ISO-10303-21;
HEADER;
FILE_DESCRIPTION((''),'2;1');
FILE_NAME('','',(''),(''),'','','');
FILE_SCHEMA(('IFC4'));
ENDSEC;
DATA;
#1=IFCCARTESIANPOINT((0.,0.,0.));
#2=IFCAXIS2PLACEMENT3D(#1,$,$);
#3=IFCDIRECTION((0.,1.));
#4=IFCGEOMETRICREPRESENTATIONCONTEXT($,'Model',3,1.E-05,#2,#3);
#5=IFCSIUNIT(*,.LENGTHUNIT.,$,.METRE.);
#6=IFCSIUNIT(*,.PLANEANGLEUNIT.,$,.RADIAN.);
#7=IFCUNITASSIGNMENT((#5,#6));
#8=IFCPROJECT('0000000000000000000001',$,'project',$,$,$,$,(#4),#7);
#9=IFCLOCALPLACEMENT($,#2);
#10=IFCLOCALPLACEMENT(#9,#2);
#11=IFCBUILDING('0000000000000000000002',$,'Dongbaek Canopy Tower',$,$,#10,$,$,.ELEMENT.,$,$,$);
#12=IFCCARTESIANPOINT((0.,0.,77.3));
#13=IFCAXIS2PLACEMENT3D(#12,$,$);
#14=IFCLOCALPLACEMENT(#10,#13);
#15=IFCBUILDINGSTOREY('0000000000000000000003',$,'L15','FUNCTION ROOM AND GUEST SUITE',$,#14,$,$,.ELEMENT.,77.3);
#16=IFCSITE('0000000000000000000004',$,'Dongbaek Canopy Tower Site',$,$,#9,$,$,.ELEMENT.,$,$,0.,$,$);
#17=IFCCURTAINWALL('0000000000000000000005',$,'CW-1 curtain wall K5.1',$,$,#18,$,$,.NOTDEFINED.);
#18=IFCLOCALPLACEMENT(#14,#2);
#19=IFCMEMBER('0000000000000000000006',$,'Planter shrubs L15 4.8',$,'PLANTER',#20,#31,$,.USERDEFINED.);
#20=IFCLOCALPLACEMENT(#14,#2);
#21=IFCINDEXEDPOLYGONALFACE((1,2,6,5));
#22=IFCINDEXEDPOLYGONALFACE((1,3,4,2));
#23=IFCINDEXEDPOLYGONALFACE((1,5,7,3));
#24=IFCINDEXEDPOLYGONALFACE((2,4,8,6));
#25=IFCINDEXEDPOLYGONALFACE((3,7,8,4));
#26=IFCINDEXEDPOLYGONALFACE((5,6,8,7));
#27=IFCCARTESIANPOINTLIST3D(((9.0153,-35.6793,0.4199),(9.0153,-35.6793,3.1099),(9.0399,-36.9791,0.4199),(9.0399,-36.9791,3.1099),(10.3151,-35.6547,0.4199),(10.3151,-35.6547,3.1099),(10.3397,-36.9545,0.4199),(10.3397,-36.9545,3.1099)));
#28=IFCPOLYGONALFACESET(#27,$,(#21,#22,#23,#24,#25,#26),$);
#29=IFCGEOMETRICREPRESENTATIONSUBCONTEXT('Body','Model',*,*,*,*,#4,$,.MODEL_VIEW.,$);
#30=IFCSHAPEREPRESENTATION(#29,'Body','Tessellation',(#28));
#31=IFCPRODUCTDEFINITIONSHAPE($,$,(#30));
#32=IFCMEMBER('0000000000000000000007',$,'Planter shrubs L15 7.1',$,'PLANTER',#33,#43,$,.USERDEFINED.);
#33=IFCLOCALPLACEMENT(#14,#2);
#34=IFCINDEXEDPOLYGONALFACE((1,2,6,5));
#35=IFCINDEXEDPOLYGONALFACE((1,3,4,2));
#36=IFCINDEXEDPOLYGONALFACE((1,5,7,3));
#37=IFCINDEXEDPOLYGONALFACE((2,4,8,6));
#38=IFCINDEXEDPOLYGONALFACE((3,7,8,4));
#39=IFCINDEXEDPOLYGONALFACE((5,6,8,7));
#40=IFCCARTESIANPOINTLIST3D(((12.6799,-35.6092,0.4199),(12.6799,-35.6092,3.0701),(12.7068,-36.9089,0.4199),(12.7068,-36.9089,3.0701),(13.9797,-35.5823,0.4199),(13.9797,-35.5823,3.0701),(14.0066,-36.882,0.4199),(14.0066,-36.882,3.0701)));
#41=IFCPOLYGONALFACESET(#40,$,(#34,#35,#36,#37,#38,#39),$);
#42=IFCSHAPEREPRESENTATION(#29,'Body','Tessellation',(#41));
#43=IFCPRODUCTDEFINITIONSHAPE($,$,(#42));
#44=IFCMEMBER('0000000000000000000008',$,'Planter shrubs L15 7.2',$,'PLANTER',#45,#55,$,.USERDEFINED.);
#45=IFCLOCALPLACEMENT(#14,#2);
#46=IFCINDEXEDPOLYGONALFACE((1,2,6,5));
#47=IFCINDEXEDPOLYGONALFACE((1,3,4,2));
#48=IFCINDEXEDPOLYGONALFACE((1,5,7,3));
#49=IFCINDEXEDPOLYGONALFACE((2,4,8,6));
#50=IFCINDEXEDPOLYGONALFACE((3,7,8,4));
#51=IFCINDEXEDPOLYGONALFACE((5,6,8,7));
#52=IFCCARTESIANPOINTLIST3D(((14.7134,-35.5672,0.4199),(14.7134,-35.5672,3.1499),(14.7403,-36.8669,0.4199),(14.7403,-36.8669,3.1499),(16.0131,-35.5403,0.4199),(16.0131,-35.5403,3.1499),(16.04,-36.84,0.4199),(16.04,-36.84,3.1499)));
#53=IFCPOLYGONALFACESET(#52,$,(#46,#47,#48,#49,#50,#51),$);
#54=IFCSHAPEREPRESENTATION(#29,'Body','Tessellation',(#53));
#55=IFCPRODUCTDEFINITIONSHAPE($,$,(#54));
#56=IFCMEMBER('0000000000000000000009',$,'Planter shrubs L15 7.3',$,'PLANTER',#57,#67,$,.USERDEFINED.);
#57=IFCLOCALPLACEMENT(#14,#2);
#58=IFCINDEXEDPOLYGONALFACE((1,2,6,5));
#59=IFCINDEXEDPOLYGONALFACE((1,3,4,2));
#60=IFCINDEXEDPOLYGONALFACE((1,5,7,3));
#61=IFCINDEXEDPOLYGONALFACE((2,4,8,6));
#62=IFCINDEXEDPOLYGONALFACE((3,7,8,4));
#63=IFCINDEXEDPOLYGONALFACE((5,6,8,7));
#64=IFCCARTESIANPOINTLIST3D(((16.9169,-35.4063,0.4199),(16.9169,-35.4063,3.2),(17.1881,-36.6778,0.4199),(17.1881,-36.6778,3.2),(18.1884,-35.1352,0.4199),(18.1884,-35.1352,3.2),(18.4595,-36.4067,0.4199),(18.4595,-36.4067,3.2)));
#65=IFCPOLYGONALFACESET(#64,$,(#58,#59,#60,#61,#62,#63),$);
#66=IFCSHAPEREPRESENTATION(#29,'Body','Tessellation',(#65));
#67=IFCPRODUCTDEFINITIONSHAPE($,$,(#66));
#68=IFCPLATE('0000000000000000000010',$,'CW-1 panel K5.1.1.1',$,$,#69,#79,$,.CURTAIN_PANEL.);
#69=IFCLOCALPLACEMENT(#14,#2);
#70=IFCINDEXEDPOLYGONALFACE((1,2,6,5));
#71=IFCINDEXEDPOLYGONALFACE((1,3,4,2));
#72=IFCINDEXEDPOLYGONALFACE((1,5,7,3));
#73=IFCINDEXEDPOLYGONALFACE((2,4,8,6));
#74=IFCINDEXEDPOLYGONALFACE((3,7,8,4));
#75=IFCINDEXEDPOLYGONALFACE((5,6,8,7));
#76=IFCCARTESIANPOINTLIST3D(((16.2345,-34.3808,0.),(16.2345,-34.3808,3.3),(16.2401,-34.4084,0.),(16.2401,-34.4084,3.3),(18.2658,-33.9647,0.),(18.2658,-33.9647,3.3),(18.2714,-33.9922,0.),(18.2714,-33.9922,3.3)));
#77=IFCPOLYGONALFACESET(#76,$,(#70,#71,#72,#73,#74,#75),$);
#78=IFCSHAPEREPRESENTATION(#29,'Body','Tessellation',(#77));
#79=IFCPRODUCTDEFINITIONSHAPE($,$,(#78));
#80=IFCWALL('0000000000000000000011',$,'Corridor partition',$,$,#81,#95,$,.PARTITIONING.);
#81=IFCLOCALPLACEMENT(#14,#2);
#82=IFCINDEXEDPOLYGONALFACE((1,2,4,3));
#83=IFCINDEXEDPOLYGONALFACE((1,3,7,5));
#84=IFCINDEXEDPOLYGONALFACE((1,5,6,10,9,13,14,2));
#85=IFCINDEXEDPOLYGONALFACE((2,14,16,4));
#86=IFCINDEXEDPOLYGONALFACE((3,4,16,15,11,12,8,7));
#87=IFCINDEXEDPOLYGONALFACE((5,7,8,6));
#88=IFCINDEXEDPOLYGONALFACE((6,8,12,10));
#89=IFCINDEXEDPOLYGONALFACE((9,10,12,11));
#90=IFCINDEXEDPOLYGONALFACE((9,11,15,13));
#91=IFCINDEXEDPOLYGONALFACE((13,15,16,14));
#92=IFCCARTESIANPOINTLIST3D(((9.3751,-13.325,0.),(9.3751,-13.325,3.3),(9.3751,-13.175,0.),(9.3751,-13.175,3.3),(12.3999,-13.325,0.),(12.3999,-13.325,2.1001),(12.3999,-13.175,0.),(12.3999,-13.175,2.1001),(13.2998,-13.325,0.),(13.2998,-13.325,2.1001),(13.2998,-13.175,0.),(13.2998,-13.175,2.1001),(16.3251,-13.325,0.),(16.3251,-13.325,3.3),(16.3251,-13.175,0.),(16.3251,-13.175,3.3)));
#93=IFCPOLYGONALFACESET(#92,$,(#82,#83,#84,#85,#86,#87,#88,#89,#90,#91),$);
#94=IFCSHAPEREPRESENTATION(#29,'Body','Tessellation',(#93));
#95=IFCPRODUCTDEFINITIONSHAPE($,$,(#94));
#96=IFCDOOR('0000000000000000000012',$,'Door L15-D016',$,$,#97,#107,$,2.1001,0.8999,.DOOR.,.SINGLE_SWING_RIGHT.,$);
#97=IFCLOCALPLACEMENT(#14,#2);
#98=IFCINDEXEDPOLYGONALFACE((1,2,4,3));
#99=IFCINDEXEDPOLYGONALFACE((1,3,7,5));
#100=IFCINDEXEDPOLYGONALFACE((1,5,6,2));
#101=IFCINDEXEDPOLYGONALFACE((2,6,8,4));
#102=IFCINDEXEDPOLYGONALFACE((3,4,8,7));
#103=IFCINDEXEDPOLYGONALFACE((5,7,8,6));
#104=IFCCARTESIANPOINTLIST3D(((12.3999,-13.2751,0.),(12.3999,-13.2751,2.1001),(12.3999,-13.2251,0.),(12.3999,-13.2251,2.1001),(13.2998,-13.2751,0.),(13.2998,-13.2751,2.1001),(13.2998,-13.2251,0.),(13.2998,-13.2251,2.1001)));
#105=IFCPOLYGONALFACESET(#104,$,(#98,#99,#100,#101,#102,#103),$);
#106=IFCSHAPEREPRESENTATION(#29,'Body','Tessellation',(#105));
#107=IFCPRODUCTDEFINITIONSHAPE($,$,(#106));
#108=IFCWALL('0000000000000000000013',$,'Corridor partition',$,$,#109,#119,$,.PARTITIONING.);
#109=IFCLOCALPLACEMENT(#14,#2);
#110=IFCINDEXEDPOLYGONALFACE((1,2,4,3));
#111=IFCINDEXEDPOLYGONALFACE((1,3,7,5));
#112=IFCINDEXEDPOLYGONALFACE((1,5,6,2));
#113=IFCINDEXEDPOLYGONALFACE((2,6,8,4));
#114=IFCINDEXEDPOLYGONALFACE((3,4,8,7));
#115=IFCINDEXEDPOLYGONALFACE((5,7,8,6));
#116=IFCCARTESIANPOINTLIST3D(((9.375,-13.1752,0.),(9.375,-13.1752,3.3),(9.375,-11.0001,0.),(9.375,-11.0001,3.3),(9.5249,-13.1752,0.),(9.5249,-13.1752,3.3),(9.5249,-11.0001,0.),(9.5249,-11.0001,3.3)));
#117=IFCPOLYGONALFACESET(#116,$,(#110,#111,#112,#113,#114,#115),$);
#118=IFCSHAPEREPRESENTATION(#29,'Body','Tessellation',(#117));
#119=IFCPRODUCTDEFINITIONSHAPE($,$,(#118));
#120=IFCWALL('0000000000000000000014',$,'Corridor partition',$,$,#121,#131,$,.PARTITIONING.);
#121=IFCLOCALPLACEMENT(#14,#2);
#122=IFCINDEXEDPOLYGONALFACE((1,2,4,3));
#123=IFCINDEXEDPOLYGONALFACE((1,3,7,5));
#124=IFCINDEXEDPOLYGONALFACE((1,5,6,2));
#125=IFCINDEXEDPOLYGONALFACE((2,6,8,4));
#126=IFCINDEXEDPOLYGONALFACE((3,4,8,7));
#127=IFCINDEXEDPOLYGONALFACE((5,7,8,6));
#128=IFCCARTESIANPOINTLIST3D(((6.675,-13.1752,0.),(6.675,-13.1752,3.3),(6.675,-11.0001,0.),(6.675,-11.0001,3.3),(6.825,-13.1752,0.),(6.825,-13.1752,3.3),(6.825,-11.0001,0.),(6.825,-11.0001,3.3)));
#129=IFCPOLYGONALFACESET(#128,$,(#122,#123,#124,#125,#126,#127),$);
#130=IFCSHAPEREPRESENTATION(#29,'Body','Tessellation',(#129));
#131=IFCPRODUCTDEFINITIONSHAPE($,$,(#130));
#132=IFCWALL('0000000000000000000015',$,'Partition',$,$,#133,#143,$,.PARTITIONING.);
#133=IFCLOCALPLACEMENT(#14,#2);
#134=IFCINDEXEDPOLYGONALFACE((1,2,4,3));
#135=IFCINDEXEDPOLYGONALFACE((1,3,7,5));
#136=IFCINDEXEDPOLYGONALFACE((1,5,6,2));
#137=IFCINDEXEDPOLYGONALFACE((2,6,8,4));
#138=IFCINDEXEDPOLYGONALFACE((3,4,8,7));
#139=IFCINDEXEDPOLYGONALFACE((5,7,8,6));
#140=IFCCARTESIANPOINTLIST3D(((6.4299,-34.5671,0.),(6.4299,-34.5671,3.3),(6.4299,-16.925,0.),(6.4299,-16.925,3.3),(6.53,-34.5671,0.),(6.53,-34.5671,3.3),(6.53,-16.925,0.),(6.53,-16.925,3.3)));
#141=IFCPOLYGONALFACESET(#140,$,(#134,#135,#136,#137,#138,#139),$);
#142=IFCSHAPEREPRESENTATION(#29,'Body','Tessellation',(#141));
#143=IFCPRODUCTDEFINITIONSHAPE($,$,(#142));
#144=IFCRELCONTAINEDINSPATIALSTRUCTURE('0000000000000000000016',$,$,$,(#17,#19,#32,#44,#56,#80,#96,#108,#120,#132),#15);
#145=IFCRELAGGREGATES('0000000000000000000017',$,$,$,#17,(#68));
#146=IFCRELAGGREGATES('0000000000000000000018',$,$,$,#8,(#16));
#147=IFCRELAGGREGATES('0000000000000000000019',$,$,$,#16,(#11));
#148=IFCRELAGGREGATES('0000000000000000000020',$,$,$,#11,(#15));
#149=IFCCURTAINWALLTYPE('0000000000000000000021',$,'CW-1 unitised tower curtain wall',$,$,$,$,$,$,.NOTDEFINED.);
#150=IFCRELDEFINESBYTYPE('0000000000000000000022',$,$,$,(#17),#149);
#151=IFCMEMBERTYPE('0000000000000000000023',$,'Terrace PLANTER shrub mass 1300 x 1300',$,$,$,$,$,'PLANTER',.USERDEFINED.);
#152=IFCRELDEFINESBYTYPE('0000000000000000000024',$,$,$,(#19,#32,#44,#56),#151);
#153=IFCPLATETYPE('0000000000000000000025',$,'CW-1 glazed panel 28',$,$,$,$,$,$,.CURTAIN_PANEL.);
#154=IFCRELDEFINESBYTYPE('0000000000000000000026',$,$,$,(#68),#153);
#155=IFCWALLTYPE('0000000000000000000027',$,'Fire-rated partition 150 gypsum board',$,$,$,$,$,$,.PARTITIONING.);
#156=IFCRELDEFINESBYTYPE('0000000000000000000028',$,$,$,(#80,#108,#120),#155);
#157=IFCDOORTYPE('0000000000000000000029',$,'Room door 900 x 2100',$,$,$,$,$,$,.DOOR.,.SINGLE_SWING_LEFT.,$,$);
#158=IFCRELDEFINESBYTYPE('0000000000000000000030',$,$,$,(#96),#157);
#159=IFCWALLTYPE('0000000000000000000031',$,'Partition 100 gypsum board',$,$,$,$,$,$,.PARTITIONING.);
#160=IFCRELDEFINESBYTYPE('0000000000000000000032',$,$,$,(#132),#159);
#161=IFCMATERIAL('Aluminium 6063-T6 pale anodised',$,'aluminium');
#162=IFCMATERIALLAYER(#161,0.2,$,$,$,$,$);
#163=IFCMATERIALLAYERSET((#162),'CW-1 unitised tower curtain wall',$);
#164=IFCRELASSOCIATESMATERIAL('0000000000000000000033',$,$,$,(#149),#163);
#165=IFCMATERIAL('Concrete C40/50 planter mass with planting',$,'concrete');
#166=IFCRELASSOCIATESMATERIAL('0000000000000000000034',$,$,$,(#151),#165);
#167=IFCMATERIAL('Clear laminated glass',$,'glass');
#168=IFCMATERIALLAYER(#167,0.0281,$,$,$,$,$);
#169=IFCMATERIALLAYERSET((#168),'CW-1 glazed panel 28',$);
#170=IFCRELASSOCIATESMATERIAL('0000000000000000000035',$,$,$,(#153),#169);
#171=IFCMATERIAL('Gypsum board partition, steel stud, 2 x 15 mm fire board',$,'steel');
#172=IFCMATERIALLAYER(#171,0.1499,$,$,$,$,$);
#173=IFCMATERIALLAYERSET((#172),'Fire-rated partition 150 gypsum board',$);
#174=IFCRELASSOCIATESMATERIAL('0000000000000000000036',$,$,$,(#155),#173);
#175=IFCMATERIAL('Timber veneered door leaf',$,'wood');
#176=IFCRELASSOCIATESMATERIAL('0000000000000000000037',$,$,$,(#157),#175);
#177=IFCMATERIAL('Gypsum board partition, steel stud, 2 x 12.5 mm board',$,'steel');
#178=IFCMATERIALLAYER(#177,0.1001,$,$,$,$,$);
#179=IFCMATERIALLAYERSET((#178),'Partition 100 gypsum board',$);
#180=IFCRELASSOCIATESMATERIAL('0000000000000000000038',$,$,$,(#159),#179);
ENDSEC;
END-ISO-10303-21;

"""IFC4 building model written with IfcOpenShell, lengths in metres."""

from ifc_helpers import new_model, si_unit, direction, frame, frame_2d, origin, origin_2d, place, context, subcontext, project, spatial, rectangle, extrude, material, layer, layer_set, material_profile, profile_set, type_object, element, fill, aggregate, save


model = new_model("IFC4")

# Units and contexts
model_context = context("Model", 3, precision=1e-05, world=origin(), true_north=direction((0.0, 1.0)))
body_context = subcontext(model_context, "Body", "Model", "MODEL_VIEW")
ifc_project = project(units=[si_unit("LENGTHUNIT", "METRE"), si_unit("PLANEANGLEUNIT", "RADIAN")], contexts=[model_context])

# Site, building, storey
site_placement = place(None, origin())
site = spatial("IfcSite", under=ifc_project, at=site_placement, Name="Dongbaek Canopy Tower Site", CompositionType="ELEMENT", RefElevation=0.0)
building_placement = place(site_placement, origin())
building = spatial("IfcBuilding", under=site, at=building_placement, Name="Dongbaek Canopy Tower", CompositionType="ELEMENT")
storey_placement = place(building_placement, frame((0.0, 0.0, 77.3)))
storey = spatial("IfcBuildingStorey", under=building, at=storey_placement, Name="L15", Description="FUNCTION ROOM AND GUEST SUITE", CompositionType="ELEMENT", Elevation=77.3)

# Curtain wall
ifc_material_1 = material(Name="Aluminium 6063-T6 pale anodised", Category="aluminium")
ifc_layer_1 = layer(ifc_material_1, 0.2)
ifc_layer_set_1 = layer_set([ifc_layer_1], Name="CW-1 unitised tower curtain wall")
curtain_wall_type = type_object("IfcCurtainWallType", Name="CW-1 unitised tower curtain wall", PredefinedType="NOTDEFINED", material=ifc_layer_set_1)
curtain_wall_placement = place(storey_placement, origin())
curtain_wall = element("IfcCurtainWall", 1, at=curtain_wall_placement, inside=storey, type_object=curtain_wall_type, Name="CW-1 curtain wall K5.1", PredefinedType="NOTDEFINED")

# Members
ifc_material_2 = material(Name="Concrete C40/50 planter mass with planting", Category="concrete")
ifc_material_profile_1 = material_profile(ifc_material_2, rectangle(XDim=1.3, YDim=1.3, at=origin_2d()), Name="Terrace PLANTER shrub mass 1300 x 1300")
ifc_profile_set_1 = profile_set([ifc_material_profile_1], Name="Concrete C40/50 planter mass with planting")
member_type_1 = type_object("IfcMemberType", Name="Terrace PLANTER shrub mass 1300 x 1300", ElementType="PLANTER", PredefinedType="USERDEFINED", material=ifc_profile_set_1)
member_1_placement = place(storey_placement, frame((9.6775, -36.3169, 0.4199), z_axis=(0.0, 0.0, 1.0), x_axis=(0.018952, -0.99982, 0.0)))
element("IfcMember", 2, at=member_1_placement, inside=storey, type_object=member_type_1, Name="Planter shrubs L15 4.8", ObjectType="PLANTER", PredefinedType="USERDEFINED", context=body_context, shape_type="SweptSolid", body=[
    extrude(rectangle(XDim=1.3, YDim=1.3, at=origin_2d()), origin(), (0.0, 0.0, 1.0), 2.6899),
])
member_2_placement = place(storey_placement, frame((13.3433, -36.2456, 0.4199), z_axis=(0.0, 0.0, 1.0), x_axis=(0.020692, -0.999786, 0.0)))
element("IfcMember", 3, at=member_2_placement, inside=storey, type_object=member_type_1, Name="Planter shrubs L15 7.1", ObjectType="PLANTER", PredefinedType="USERDEFINED", context=body_context, shape_type="SweptSolid", body=[
    extrude(rectangle(XDim=1.3, YDim=1.3, at=origin_2d()), origin(), (0.0, 0.0, 1.0), 2.6501),
])
member_3_placement = place(storey_placement, frame((15.3767, -36.2036, 0.4199), z_axis=(0.0, 0.0, 1.0), x_axis=(0.020692, -0.999786, 0.0)))
element("IfcMember", 4, at=member_3_placement, inside=storey, type_object=member_type_1, Name="Planter shrubs L15 7.2", ObjectType="PLANTER", PredefinedType="USERDEFINED", context=body_context, shape_type="SweptSolid", body=[
    extrude(rectangle(XDim=1.3, YDim=1.3, at=origin_2d()), origin(), (0.0, 0.0, 1.0), 2.73),
])
member_4_placement = place(storey_placement, frame((17.6882, -35.9065, 0.4199), z_axis=(0.0, 0.0, 1.0), x_axis=(0.208533, -0.978015, 0.0)))
element("IfcMember", 5, at=member_4_placement, inside=storey, type_object=member_type_1, Name="Planter shrubs L15 7.3", ObjectType="PLANTER", PredefinedType="USERDEFINED", context=body_context, shape_type="SweptSolid", body=[
    extrude(rectangle(XDim=1.3, YDim=1.3, at=origin_2d()), origin(), (0.0, 0.0, 1.0), 2.78),
])

# Plate
ifc_material_3 = material(Name="Clear laminated glass", Category="glass")
ifc_layer_2 = layer(ifc_material_3, 0.0281)
ifc_layer_set_2 = layer_set([ifc_layer_2], Name="CW-1 glazed panel 28")
plate_type = type_object("IfcPlateType", Name="CW-1 glazed panel 28", PredefinedType="CURTAIN_PANEL", material=ifc_layer_set_2)
plate_placement = place(storey_placement, frame((17.2529, -34.1865, 0.0), z_axis=(0.0, 0.0, 1.0), x_axis=(0.979652, 0.200704, 0.0)))
plate = element("IfcPlate", 6, at=plate_placement, type_object=plate_type, Name="CW-1 panel K5.1.1.1", PredefinedType="CURTAIN_PANEL", context=body_context, shape_type="SweptSolid", body=[
    extrude(rectangle(XDim=2.0735, YDim=0.0281, at=origin_2d()), origin(), (0.0, 0.0, 1.0), 3.3),
])
aggregate(curtain_wall, [plate])

# Wall, opening, door
ifc_material_4 = material(Name="Gypsum board partition, steel stud, 2 x 15 mm fire board", Category="steel")
ifc_layer_3 = layer(ifc_material_4, 0.1499)
ifc_layer_set_3 = layer_set([ifc_layer_3], Name="Fire-rated partition 150 gypsum board")
wall_type_1 = type_object("IfcWallType", Name="Fire-rated partition 150 gypsum board", PredefinedType="PARTITIONING", material=ifc_layer_set_3)
wall_1_placement = place(storey_placement, frame((9.375, -13.25, 0.0), z_axis=(0.0, 0.0, 1.0), x_axis=(1.0, 0.0, 0.0)))
wall_1 = element("IfcWall", 7, at=wall_1_placement, inside=storey, type_object=wall_type_1, Name="Corridor partition", PredefinedType="PARTITIONING", context=body_context, shape_type="SweptSolid", body=[
    extrude(rectangle(XDim=6.95, YDim=0.1499, at=frame_2d((3.4751, 0.0))), origin(), (0.0, 0.0, 1.0), 3.3),
])
opening_1_placement = place(wall_1_placement, frame((3.0249, 0.0, 0.0)))
opening_1 = element("IfcOpeningElement", 8, at=opening_1_placement, cuts=wall_1, PredefinedType="OPENING", context=body_context, shape_type="SweptSolid", body=[
    extrude(rectangle(XDim=0.8999, YDim=2.1001, at=frame_2d((0.45, 1.05))), frame((0.0, 0.085, 0.0), z_axis=(0.0, -1.0, 0.0), x_axis=(1.0, 0.0, 0.0)), (0.0, 0.0, 1.0), 0.1699),
])
ifc_material_5 = material(Name="Timber veneered door leaf", Category="wood")
door_type_1 = type_object("IfcDoorType", Name="Room door 900 x 2100", OperationType="SINGLE_SWING_LEFT", PredefinedType="DOOR", material=ifc_material_5)
door_1_placement = place(opening_1_placement, origin())
door_1 = element("IfcDoor", 9, at=door_1_placement, inside=storey, type_object=door_type_1, Name="Door L15-D016", OperationType="SINGLE_SWING_RIGHT", OverallHeight=2.1001, OverallWidth=0.8999, PredefinedType="DOOR", context=body_context, shape_type="SweptSolid", body=[
    extrude(rectangle(XDim=0.8999, YDim=2.1001, at=frame_2d((0.45, 1.05))), frame((0.0, 0.0249, 0.0), z_axis=(0.0, -1.0, 0.0), x_axis=(1.0, 0.0, 0.0)), (0.0, 0.0, 1.0), 0.05),
])
fill(opening_1, door_1)

# Walls
for number, where, z_axis, x_axis, name in (
    (10, (9.45, -13.175, 0.0), (0.0, 0.0, 1.0), (0.0, 1.0, 0.0), "Corridor partition"),
    (11, (6.75, -13.175, 0.0), (0.0, 0.0, 1.0), (0.0, 1.0, 0.0), "Corridor partition"),
):
    element("IfcWall", number, at=place(storey_placement, frame(where, z_axis=z_axis, x_axis=x_axis)), inside=storey, type_object=wall_type_1, Name=name, PredefinedType="PARTITIONING", context=body_context, shape_type="SweptSolid", body=[
        extrude(rectangle(XDim=2.175, YDim=0.1499, at=frame_2d((1.0874, 0.0))), origin(), (0.0, 0.0, 1.0), 3.3),
    ])
ifc_material_6 = material(Name="Gypsum board partition, steel stud, 2 x 12.5 mm board", Category="steel")
ifc_layer_4 = layer(ifc_material_6, 0.1001)
ifc_layer_set_4 = layer_set([ifc_layer_4], Name="Partition 100 gypsum board")
wall_type_2 = type_object("IfcWallType", Name="Partition 100 gypsum board", PredefinedType="PARTITIONING", material=ifc_layer_set_4)
wall_2_placement = place(storey_placement, frame((6.48, -34.5671, 0.0), z_axis=(0.0, 0.0, 1.0), x_axis=(0.0, 1.0, 0.0)))
element("IfcWall", 12, at=wall_2_placement, inside=storey, type_object=wall_type_2, Name="Partition", PredefinedType="PARTITIONING", context=body_context, shape_type="SweptSolid", body=[
    extrude(rectangle(XDim=17.6421, YDim=0.1001, at=frame_2d((8.821, 0.0))), origin(), (0.0, 0.0, 1.0), 3.3),
])

save(model, "model.ifc")
